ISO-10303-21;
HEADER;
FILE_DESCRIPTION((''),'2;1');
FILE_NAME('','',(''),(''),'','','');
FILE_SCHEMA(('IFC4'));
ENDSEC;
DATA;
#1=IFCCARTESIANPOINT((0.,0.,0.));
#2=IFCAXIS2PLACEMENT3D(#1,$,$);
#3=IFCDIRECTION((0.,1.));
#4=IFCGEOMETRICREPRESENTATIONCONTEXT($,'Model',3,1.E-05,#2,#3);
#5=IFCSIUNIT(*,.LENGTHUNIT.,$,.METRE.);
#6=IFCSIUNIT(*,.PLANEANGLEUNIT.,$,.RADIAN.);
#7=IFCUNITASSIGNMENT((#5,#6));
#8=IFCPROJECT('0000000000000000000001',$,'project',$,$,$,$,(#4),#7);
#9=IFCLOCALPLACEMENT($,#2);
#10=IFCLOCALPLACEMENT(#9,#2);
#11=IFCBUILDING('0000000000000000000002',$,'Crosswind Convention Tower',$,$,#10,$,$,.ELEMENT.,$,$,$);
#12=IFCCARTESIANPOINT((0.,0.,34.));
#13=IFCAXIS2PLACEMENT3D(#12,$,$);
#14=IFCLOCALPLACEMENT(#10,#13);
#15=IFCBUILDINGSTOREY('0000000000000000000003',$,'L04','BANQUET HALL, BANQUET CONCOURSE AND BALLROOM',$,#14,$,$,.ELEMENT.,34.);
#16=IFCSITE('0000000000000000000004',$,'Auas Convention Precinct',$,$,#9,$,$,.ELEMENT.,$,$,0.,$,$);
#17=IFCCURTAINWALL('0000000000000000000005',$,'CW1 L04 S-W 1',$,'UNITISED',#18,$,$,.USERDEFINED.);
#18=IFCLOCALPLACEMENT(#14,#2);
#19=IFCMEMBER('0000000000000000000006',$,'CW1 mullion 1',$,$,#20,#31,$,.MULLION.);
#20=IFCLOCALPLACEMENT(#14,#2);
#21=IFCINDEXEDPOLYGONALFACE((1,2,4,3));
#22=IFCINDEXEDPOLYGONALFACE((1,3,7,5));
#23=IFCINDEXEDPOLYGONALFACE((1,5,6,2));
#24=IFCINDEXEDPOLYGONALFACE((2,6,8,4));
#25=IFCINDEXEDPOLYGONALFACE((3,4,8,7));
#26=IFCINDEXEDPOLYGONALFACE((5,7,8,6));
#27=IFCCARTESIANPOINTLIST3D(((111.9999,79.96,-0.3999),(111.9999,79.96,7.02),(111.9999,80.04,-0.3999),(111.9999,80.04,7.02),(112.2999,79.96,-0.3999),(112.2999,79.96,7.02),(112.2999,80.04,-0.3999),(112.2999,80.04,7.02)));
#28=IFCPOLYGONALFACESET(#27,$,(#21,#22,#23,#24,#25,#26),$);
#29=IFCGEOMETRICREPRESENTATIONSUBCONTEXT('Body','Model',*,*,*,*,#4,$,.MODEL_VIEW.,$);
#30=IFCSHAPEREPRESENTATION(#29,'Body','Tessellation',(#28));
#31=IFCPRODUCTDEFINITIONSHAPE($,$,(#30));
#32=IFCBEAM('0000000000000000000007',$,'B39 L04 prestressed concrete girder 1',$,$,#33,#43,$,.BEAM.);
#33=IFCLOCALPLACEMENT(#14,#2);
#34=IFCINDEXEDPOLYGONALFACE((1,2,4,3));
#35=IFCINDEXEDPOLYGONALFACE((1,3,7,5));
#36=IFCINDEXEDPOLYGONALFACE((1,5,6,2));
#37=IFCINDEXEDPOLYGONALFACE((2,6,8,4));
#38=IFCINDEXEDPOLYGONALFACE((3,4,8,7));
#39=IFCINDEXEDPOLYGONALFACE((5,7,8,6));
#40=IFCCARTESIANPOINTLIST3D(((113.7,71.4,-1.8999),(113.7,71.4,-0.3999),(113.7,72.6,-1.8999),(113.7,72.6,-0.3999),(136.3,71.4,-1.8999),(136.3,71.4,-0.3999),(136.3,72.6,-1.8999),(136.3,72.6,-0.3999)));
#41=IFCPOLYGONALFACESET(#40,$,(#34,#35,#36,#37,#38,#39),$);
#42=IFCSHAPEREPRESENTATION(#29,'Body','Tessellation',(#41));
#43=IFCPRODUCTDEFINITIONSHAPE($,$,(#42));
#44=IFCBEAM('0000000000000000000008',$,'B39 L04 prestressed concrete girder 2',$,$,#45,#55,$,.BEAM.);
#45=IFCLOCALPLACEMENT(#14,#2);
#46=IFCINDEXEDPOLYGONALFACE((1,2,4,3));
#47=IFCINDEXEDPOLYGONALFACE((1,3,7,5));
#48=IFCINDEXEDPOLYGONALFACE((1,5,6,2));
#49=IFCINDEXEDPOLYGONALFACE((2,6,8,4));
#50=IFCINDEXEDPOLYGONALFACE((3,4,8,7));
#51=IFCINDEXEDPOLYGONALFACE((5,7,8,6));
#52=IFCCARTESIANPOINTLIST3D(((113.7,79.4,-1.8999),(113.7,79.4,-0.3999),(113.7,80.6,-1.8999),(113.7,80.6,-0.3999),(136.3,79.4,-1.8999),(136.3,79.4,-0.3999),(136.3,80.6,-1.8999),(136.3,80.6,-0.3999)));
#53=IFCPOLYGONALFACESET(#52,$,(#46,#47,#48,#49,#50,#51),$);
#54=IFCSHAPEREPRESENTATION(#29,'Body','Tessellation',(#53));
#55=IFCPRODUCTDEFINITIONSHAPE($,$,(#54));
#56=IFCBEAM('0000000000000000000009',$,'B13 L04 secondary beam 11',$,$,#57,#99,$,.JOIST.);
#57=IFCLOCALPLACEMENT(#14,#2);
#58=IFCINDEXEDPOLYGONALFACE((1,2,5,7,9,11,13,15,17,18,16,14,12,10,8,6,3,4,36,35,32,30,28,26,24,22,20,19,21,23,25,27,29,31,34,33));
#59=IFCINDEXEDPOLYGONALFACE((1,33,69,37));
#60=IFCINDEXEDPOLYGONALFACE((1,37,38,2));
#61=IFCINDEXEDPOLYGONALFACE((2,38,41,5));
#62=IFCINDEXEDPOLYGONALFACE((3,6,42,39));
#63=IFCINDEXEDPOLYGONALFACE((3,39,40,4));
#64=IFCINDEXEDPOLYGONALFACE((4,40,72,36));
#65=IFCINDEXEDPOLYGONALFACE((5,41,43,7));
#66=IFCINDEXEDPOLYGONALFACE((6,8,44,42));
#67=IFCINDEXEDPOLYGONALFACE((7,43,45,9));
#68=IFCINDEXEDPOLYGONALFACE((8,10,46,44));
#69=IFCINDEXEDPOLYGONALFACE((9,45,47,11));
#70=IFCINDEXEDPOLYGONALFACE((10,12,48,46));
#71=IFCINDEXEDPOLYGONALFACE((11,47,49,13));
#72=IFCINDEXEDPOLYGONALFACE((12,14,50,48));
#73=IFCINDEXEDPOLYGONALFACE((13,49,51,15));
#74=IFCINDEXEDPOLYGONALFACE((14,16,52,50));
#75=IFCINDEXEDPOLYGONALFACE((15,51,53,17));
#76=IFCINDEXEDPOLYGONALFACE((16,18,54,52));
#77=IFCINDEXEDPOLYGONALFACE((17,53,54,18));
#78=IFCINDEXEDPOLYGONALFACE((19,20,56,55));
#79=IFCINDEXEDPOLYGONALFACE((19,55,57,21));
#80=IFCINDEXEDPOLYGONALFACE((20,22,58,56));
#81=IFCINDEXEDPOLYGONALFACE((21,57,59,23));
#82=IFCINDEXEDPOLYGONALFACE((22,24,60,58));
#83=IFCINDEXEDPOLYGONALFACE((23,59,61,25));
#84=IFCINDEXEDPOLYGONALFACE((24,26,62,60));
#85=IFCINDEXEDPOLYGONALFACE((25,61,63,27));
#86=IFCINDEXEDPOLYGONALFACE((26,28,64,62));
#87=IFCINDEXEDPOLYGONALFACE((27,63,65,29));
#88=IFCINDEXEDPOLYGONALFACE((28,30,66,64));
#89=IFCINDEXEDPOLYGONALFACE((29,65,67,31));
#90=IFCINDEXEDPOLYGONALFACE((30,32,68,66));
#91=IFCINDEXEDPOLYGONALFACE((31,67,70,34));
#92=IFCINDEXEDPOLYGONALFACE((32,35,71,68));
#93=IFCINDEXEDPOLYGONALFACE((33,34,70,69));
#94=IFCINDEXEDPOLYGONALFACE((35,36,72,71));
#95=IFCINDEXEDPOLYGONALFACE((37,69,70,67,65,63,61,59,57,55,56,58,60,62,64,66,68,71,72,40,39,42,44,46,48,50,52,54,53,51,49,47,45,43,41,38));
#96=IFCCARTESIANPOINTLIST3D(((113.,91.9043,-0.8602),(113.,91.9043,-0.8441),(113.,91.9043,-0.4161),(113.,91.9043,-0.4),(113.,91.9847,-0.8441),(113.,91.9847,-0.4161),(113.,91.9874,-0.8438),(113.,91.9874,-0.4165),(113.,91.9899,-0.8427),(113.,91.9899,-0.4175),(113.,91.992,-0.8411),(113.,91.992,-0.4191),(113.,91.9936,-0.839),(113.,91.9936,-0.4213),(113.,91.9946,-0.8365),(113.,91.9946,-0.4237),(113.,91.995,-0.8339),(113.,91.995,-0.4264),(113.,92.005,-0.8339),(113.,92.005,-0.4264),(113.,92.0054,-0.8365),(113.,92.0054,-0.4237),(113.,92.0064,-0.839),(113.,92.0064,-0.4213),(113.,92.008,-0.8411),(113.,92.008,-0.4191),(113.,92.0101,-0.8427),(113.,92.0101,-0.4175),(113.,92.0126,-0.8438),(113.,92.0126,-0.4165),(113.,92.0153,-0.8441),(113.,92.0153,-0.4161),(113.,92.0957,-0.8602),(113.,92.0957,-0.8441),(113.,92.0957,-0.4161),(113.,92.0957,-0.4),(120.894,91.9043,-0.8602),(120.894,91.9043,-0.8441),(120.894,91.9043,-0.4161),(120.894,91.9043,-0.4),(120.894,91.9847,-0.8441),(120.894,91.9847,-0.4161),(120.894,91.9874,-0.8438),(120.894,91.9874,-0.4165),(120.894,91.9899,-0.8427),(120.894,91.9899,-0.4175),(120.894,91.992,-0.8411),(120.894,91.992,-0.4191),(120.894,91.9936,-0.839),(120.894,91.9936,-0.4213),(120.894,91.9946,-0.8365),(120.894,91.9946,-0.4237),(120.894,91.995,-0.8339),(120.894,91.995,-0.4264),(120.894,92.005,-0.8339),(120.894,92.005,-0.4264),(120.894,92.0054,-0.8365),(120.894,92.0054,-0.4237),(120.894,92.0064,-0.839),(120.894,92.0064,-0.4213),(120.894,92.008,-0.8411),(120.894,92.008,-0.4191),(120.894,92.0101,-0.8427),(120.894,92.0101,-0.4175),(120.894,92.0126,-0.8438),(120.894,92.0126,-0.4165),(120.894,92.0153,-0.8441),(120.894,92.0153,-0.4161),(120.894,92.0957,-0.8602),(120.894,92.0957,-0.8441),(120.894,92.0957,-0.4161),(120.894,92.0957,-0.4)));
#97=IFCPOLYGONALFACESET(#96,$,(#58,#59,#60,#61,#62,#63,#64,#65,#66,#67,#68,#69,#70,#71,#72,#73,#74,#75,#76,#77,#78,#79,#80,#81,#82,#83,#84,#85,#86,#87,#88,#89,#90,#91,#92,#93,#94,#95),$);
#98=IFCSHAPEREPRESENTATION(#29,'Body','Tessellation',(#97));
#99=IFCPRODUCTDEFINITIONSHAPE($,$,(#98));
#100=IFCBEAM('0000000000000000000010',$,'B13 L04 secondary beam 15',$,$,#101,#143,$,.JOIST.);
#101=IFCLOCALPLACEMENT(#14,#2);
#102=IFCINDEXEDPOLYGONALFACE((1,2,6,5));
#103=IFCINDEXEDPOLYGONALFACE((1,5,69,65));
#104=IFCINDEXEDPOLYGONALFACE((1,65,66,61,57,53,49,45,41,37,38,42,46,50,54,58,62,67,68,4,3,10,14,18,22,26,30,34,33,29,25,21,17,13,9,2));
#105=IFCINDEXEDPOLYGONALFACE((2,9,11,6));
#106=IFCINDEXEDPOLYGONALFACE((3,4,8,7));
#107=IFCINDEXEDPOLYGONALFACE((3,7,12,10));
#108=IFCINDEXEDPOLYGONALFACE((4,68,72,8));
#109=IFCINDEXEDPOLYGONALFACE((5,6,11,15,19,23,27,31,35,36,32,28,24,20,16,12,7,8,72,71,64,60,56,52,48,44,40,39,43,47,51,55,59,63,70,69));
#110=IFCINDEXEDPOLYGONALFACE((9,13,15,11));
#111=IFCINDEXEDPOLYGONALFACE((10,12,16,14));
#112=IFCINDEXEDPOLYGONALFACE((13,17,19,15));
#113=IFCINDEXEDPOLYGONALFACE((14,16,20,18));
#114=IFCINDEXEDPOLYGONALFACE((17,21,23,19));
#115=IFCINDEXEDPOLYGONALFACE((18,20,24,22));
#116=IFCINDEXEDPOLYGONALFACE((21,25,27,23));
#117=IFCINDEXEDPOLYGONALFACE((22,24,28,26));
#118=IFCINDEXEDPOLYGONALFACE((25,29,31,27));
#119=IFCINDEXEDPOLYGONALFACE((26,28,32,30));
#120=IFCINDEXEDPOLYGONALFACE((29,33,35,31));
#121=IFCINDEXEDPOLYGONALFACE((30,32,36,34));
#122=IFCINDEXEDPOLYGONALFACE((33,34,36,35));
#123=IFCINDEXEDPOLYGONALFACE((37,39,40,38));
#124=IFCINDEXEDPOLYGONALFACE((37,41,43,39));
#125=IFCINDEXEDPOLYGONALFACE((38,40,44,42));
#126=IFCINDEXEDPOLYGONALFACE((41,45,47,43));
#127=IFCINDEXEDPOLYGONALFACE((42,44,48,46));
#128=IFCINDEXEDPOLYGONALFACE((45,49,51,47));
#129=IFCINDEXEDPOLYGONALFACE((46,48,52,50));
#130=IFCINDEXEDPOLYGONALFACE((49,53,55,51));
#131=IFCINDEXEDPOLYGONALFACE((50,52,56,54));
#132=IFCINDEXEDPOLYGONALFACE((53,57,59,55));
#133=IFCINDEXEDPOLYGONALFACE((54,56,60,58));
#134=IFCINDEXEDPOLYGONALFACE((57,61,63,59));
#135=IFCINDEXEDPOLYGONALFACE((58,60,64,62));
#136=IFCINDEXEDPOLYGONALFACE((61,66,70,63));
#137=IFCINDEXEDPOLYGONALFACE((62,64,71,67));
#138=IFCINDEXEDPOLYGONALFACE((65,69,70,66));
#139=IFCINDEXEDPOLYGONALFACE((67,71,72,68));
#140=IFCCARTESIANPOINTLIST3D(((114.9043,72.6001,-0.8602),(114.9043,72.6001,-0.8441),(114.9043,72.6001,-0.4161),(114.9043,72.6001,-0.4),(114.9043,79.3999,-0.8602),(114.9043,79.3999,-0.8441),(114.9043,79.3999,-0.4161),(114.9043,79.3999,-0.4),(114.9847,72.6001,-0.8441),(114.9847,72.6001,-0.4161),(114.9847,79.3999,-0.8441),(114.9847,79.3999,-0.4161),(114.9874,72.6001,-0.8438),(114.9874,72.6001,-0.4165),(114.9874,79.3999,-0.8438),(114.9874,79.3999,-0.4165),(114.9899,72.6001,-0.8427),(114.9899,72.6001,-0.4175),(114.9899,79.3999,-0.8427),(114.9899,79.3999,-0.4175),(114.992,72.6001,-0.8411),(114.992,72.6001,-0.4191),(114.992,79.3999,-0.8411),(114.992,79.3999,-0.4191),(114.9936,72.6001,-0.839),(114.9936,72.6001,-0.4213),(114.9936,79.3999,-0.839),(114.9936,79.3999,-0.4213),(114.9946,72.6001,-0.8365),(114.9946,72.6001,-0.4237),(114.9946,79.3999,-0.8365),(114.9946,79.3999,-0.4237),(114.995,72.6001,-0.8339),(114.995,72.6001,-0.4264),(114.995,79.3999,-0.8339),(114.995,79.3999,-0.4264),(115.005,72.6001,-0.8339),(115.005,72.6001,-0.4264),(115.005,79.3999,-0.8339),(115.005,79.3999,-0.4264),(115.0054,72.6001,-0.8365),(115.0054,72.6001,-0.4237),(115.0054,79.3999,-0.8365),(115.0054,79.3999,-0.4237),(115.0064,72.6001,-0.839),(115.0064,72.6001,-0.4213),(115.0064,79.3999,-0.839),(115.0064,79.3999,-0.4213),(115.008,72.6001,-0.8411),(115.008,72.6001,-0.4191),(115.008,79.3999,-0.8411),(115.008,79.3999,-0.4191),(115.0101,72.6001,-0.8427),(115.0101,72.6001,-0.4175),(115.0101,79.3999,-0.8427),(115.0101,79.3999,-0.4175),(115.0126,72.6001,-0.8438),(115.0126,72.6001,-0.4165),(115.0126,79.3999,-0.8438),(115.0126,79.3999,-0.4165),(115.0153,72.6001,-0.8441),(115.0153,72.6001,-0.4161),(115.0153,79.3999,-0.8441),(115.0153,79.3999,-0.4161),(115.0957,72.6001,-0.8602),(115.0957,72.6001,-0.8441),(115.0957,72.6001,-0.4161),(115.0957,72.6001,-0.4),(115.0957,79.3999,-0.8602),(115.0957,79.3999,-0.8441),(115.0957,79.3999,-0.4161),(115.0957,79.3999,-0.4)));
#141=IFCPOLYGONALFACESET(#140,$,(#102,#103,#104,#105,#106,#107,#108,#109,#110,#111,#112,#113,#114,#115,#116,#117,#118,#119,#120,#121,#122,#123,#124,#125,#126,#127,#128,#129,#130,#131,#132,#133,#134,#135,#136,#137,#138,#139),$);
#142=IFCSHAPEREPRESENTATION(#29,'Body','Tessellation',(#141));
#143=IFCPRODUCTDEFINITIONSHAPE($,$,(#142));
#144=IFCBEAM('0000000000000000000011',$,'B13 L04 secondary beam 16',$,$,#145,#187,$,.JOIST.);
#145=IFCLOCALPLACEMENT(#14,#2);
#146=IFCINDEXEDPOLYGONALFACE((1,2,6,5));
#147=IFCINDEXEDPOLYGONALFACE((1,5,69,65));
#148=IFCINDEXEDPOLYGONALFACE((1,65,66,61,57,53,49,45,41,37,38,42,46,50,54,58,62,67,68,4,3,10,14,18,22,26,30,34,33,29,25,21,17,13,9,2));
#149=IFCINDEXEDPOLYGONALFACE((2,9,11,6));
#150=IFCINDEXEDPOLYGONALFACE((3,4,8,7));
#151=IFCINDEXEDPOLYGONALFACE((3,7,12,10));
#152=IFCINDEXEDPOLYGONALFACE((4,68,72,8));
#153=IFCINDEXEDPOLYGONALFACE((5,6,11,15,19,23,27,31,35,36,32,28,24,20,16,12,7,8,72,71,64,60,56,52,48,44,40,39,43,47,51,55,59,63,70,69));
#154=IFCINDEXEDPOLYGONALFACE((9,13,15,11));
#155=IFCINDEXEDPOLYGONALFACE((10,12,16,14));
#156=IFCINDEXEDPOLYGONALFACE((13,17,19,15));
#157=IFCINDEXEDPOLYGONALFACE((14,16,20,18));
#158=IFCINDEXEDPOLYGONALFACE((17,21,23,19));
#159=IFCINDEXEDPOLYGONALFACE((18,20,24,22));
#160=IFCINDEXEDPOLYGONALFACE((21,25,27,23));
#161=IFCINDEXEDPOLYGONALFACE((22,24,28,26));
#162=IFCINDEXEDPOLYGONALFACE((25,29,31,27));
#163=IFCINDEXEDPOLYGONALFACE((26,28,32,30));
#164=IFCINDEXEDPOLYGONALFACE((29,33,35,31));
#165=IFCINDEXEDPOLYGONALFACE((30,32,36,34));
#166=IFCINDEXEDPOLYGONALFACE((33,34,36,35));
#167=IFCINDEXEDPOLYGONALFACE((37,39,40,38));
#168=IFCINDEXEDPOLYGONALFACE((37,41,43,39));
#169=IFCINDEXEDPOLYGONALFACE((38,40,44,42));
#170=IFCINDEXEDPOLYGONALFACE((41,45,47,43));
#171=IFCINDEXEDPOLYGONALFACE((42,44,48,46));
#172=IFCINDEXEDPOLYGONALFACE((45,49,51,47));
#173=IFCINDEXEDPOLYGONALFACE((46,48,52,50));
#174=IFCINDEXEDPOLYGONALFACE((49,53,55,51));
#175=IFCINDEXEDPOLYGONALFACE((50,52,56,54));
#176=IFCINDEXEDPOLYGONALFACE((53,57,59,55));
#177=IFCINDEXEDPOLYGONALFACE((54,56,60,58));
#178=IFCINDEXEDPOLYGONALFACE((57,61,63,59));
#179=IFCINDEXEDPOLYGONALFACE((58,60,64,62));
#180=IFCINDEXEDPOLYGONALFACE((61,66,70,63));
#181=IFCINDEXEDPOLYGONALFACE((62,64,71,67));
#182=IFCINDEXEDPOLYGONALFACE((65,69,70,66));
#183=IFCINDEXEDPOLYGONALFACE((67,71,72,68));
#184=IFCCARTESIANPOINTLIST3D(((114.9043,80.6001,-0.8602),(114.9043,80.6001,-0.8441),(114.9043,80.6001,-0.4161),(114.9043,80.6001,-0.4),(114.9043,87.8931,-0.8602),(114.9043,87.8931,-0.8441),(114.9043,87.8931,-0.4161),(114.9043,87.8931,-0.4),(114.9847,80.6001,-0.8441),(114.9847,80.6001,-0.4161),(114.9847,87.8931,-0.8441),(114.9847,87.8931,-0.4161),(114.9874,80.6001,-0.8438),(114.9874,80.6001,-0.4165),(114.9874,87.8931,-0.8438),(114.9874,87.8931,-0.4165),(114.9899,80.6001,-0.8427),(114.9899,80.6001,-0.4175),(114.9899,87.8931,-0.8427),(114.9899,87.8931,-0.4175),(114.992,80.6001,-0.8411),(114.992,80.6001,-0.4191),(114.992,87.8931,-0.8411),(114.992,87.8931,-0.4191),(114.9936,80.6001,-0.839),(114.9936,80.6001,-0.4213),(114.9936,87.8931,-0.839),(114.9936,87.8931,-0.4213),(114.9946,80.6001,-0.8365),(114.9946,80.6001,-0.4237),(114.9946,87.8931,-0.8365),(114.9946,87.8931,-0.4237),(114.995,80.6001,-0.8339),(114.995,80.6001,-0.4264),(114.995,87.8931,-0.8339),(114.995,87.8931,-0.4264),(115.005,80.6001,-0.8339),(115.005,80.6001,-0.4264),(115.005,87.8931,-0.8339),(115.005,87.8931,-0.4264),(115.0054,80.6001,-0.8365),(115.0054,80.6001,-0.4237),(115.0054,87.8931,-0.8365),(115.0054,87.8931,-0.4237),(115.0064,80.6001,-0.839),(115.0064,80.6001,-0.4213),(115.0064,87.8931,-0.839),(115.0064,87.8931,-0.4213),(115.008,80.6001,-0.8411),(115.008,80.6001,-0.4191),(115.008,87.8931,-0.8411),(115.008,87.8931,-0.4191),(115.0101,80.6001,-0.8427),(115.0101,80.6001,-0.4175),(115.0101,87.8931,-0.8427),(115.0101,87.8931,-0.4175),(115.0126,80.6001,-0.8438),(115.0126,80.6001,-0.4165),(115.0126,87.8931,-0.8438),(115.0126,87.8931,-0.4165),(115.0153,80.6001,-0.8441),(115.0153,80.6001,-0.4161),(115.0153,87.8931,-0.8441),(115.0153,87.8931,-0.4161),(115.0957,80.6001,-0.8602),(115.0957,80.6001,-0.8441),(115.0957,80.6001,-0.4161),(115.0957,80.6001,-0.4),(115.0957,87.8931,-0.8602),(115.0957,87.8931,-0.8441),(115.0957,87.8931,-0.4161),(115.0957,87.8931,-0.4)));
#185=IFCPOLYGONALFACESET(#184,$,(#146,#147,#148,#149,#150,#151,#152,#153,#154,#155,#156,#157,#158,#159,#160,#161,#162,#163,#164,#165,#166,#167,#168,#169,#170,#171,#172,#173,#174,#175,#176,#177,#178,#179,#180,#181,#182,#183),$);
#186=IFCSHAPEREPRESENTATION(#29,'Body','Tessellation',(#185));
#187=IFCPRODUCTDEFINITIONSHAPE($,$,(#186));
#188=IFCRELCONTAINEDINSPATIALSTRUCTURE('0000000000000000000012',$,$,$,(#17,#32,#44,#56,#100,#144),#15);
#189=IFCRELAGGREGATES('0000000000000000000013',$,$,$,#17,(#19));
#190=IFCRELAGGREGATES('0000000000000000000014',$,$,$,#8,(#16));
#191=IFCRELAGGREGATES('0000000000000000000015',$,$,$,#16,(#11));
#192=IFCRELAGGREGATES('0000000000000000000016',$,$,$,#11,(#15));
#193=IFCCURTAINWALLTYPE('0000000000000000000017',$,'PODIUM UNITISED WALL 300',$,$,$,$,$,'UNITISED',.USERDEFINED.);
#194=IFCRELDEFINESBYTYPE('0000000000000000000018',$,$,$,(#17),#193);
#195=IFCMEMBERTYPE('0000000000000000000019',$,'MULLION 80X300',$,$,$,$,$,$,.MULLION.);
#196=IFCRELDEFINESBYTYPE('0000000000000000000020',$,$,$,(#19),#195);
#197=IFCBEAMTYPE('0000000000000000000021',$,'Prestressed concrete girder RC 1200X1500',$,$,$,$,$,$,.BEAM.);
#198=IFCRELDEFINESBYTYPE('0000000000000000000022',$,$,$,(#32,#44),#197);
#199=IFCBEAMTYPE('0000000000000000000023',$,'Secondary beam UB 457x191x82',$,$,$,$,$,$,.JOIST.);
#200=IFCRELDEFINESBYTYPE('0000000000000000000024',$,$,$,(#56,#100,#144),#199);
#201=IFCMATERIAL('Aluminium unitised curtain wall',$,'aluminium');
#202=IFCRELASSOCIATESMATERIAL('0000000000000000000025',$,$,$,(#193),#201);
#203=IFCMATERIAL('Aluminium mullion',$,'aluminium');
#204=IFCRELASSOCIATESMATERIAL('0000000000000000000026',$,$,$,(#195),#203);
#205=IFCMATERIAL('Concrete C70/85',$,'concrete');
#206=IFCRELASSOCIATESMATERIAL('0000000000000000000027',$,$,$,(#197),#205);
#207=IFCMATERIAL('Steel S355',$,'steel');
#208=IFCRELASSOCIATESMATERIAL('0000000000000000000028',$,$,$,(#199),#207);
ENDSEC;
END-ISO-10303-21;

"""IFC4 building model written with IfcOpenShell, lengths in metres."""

from ifc_helpers import new_model, si_unit, direction, frame, origin, origin_2d, place, context, subcontext, project, spatial, rectangle, i_section, extrude, material, material_profile, profile_set, type_object, element, aggregate, save


model = new_model("IFC4")

# Units and contexts
model_context = context("Model", 3, precision=1e-05, world=origin(), true_north=direction((0.0, 1.0)))
body_context = subcontext(model_context, "Body", "Model", "MODEL_VIEW")
ifc_project = project(units=[si_unit("LENGTHUNIT", "METRE"), si_unit("PLANEANGLEUNIT", "RADIAN")], contexts=[model_context])

# Site, building, storey
site_placement = place(None, origin())
site = spatial("IfcSite", under=ifc_project, at=site_placement, Name="Auas Convention Precinct", CompositionType="ELEMENT", RefElevation=0.0)
building_placement = place(site_placement, origin())
building = spatial("IfcBuilding", under=site, at=building_placement, Name="Crosswind Convention Tower", CompositionType="ELEMENT")
storey_placement = place(building_placement, frame((0.0, 0.0, 34.0)))
storey = spatial("IfcBuildingStorey", under=building, at=storey_placement, Name="L04", Description="BANQUET HALL, BANQUET CONCOURSE AND BALLROOM", CompositionType="ELEMENT", Elevation=34.0)

# Shared definitions
ifc_material_1 = material(Name="Steel S355", Category="steel")

# Shared definitions
ifc_material_2 = material(Name="Aluminium unitised curtain wall", Category="aluminium")
ifc_material_3 = material(Name="Aluminium mullion", Category="aluminium")

# Curtain wall, member
curtain_wall_type_1 = type_object("IfcCurtainWallType", Name="PODIUM UNITISED WALL 300", ElementType="UNITISED", PredefinedType="USERDEFINED", material=ifc_material_2)
curtain_wall_1_placement = place(storey_placement, origin())
curtain_wall_1 = element("IfcCurtainWall", 1, at=curtain_wall_1_placement, inside=storey, type_object=curtain_wall_type_1, Name="CW1 L04 S-W 1", ObjectType="UNITISED", PredefinedType="USERDEFINED")
ifc_material_profile_1 = material_profile(ifc_material_3, rectangle(XDim=0.3, YDim=0.0801, at=origin_2d()), Name="AL 300X80")
ifc_profile_set_1 = profile_set([ifc_material_profile_1], Name="Aluminium mullion")
member_type_1 = type_object("IfcMemberType", Name="MULLION 80X300", PredefinedType="MULLION", material=ifc_profile_set_1)
member_1_placement = place(storey_placement, frame((112.1499, 80.0, -0.3999), z_axis=(0.0, 0.0, 1.0), x_axis=(-1.0, 0.0, 0.0)))
member_1 = element("IfcMember", 2, at=member_1_placement, type_object=member_type_1, Name="CW1 mullion 1", PredefinedType="MULLION", context=body_context, shape_type="SweptSolid", body=[
    extrude(rectangle(XDim=0.3, YDim=0.0801, at=origin_2d()), origin(), (0.0, 0.0, 1.0), 7.4199),
])
aggregate(curtain_wall_1, [member_1])

# Beams
ifc_material_4 = material(Name="Concrete C70/85", Category="concrete")
ifc_material_profile_2 = material_profile(ifc_material_4, rectangle(XDim=1.2, YDim=1.5, at=origin_2d()), Name="RC 1200X1500")
ifc_profile_set_2 = profile_set([ifc_material_profile_2], Name="Concrete C70/85")
beam_type_1 = type_object("IfcBeamType", Name="Prestressed concrete girder RC 1200X1500", PredefinedType="BEAM", material=ifc_profile_set_2)
for number, where, z_axis, x_axis, name in (
    (3, (113.7, 72.0, -1.1499), (1.0, 0.0, 0.0), (0.0, 1.0, 0.0), "B39 L04 prestressed concrete girder 1"),
    (4, (113.7, 80.0, -1.1499), (1.0, 0.0, 0.0), (0.0, 1.0, 0.0), "B39 L04 prestressed concrete girder 2"),
):
    element("IfcBeam", number, at=place(storey_placement, frame(where, z_axis=z_axis, x_axis=x_axis)), inside=storey, type_object=beam_type_1, Name=name, PredefinedType="BEAM", context=body_context, shape_type="SweptSolid", body=[
        extrude(rectangle(XDim=1.2, YDim=1.5, at=origin_2d()), origin(), (0.0, 0.0, 1.0), 22.6001),
    ])
ifc_material_profile_3 = material_profile(ifc_material_1, i_section(OverallWidth=0.1914, OverallDepth=0.4602, WebThickness=0.01, FlangeThickness=0.0161, FilletRadius=0.0103, at=origin_2d()), Name="UB 457x191x82")
ifc_profile_set_3 = profile_set([ifc_material_profile_3], Name="Steel S355")
beam_type_2 = type_object("IfcBeamType", Name="Secondary beam UB 457x191x82", PredefinedType="JOIST", material=ifc_profile_set_3)
beam_1_placement = place(storey_placement, frame((113.0, 92.0, -0.6301), z_axis=(1.0, 0.0, 0.0), x_axis=(0.0, 1.0, 0.0)))
element("IfcBeam", 5, at=beam_1_placement, inside=storey, type_object=beam_type_2, Name="B13 L04 secondary beam 11", PredefinedType="JOIST", context=body_context, shape_type="SweptSolid", body=[
    extrude(i_section(OverallWidth=0.1914, OverallDepth=0.4602, WebThickness=0.01, FlangeThickness=0.0161, FilletRadius=0.0103, at=origin_2d()), origin(), (0.0, 0.0, 1.0), 7.894),
])
beam_2_placement = place(storey_placement, frame((115.0, 72.6001, -0.6301), z_axis=(0.0, 1.0, 0.0), x_axis=(-1.0, 0.0, 0.0)))
element("IfcBeam", 6, at=beam_2_placement, inside=storey, type_object=beam_type_2, Name="B13 L04 secondary beam 15", PredefinedType="JOIST", context=body_context, shape_type="SweptSolid", body=[
    extrude(i_section(OverallWidth=0.1914, OverallDepth=0.4602, WebThickness=0.01, FlangeThickness=0.0161, FilletRadius=0.0103, at=origin_2d()), origin(), (0.0, 0.0, 1.0), 6.7998),
])
beam_3_placement = place(storey_placement, frame((115.0, 80.6001, -0.6301), z_axis=(0.0, 1.0, 0.0), x_axis=(-1.0, 0.0, 0.0)))
element("IfcBeam", 7, at=beam_3_placement, inside=storey, type_object=beam_type_2, Name="B13 L04 secondary beam 16", PredefinedType="JOIST", context=body_context, shape_type="SweptSolid", body=[
    extrude(i_section(OverallWidth=0.1914, OverallDepth=0.4602, WebThickness=0.01, FlangeThickness=0.0161, FilletRadius=0.0103, at=origin_2d()), origin(), (0.0, 0.0, 1.0), 7.293),
])

save(model, "model.ifc")
